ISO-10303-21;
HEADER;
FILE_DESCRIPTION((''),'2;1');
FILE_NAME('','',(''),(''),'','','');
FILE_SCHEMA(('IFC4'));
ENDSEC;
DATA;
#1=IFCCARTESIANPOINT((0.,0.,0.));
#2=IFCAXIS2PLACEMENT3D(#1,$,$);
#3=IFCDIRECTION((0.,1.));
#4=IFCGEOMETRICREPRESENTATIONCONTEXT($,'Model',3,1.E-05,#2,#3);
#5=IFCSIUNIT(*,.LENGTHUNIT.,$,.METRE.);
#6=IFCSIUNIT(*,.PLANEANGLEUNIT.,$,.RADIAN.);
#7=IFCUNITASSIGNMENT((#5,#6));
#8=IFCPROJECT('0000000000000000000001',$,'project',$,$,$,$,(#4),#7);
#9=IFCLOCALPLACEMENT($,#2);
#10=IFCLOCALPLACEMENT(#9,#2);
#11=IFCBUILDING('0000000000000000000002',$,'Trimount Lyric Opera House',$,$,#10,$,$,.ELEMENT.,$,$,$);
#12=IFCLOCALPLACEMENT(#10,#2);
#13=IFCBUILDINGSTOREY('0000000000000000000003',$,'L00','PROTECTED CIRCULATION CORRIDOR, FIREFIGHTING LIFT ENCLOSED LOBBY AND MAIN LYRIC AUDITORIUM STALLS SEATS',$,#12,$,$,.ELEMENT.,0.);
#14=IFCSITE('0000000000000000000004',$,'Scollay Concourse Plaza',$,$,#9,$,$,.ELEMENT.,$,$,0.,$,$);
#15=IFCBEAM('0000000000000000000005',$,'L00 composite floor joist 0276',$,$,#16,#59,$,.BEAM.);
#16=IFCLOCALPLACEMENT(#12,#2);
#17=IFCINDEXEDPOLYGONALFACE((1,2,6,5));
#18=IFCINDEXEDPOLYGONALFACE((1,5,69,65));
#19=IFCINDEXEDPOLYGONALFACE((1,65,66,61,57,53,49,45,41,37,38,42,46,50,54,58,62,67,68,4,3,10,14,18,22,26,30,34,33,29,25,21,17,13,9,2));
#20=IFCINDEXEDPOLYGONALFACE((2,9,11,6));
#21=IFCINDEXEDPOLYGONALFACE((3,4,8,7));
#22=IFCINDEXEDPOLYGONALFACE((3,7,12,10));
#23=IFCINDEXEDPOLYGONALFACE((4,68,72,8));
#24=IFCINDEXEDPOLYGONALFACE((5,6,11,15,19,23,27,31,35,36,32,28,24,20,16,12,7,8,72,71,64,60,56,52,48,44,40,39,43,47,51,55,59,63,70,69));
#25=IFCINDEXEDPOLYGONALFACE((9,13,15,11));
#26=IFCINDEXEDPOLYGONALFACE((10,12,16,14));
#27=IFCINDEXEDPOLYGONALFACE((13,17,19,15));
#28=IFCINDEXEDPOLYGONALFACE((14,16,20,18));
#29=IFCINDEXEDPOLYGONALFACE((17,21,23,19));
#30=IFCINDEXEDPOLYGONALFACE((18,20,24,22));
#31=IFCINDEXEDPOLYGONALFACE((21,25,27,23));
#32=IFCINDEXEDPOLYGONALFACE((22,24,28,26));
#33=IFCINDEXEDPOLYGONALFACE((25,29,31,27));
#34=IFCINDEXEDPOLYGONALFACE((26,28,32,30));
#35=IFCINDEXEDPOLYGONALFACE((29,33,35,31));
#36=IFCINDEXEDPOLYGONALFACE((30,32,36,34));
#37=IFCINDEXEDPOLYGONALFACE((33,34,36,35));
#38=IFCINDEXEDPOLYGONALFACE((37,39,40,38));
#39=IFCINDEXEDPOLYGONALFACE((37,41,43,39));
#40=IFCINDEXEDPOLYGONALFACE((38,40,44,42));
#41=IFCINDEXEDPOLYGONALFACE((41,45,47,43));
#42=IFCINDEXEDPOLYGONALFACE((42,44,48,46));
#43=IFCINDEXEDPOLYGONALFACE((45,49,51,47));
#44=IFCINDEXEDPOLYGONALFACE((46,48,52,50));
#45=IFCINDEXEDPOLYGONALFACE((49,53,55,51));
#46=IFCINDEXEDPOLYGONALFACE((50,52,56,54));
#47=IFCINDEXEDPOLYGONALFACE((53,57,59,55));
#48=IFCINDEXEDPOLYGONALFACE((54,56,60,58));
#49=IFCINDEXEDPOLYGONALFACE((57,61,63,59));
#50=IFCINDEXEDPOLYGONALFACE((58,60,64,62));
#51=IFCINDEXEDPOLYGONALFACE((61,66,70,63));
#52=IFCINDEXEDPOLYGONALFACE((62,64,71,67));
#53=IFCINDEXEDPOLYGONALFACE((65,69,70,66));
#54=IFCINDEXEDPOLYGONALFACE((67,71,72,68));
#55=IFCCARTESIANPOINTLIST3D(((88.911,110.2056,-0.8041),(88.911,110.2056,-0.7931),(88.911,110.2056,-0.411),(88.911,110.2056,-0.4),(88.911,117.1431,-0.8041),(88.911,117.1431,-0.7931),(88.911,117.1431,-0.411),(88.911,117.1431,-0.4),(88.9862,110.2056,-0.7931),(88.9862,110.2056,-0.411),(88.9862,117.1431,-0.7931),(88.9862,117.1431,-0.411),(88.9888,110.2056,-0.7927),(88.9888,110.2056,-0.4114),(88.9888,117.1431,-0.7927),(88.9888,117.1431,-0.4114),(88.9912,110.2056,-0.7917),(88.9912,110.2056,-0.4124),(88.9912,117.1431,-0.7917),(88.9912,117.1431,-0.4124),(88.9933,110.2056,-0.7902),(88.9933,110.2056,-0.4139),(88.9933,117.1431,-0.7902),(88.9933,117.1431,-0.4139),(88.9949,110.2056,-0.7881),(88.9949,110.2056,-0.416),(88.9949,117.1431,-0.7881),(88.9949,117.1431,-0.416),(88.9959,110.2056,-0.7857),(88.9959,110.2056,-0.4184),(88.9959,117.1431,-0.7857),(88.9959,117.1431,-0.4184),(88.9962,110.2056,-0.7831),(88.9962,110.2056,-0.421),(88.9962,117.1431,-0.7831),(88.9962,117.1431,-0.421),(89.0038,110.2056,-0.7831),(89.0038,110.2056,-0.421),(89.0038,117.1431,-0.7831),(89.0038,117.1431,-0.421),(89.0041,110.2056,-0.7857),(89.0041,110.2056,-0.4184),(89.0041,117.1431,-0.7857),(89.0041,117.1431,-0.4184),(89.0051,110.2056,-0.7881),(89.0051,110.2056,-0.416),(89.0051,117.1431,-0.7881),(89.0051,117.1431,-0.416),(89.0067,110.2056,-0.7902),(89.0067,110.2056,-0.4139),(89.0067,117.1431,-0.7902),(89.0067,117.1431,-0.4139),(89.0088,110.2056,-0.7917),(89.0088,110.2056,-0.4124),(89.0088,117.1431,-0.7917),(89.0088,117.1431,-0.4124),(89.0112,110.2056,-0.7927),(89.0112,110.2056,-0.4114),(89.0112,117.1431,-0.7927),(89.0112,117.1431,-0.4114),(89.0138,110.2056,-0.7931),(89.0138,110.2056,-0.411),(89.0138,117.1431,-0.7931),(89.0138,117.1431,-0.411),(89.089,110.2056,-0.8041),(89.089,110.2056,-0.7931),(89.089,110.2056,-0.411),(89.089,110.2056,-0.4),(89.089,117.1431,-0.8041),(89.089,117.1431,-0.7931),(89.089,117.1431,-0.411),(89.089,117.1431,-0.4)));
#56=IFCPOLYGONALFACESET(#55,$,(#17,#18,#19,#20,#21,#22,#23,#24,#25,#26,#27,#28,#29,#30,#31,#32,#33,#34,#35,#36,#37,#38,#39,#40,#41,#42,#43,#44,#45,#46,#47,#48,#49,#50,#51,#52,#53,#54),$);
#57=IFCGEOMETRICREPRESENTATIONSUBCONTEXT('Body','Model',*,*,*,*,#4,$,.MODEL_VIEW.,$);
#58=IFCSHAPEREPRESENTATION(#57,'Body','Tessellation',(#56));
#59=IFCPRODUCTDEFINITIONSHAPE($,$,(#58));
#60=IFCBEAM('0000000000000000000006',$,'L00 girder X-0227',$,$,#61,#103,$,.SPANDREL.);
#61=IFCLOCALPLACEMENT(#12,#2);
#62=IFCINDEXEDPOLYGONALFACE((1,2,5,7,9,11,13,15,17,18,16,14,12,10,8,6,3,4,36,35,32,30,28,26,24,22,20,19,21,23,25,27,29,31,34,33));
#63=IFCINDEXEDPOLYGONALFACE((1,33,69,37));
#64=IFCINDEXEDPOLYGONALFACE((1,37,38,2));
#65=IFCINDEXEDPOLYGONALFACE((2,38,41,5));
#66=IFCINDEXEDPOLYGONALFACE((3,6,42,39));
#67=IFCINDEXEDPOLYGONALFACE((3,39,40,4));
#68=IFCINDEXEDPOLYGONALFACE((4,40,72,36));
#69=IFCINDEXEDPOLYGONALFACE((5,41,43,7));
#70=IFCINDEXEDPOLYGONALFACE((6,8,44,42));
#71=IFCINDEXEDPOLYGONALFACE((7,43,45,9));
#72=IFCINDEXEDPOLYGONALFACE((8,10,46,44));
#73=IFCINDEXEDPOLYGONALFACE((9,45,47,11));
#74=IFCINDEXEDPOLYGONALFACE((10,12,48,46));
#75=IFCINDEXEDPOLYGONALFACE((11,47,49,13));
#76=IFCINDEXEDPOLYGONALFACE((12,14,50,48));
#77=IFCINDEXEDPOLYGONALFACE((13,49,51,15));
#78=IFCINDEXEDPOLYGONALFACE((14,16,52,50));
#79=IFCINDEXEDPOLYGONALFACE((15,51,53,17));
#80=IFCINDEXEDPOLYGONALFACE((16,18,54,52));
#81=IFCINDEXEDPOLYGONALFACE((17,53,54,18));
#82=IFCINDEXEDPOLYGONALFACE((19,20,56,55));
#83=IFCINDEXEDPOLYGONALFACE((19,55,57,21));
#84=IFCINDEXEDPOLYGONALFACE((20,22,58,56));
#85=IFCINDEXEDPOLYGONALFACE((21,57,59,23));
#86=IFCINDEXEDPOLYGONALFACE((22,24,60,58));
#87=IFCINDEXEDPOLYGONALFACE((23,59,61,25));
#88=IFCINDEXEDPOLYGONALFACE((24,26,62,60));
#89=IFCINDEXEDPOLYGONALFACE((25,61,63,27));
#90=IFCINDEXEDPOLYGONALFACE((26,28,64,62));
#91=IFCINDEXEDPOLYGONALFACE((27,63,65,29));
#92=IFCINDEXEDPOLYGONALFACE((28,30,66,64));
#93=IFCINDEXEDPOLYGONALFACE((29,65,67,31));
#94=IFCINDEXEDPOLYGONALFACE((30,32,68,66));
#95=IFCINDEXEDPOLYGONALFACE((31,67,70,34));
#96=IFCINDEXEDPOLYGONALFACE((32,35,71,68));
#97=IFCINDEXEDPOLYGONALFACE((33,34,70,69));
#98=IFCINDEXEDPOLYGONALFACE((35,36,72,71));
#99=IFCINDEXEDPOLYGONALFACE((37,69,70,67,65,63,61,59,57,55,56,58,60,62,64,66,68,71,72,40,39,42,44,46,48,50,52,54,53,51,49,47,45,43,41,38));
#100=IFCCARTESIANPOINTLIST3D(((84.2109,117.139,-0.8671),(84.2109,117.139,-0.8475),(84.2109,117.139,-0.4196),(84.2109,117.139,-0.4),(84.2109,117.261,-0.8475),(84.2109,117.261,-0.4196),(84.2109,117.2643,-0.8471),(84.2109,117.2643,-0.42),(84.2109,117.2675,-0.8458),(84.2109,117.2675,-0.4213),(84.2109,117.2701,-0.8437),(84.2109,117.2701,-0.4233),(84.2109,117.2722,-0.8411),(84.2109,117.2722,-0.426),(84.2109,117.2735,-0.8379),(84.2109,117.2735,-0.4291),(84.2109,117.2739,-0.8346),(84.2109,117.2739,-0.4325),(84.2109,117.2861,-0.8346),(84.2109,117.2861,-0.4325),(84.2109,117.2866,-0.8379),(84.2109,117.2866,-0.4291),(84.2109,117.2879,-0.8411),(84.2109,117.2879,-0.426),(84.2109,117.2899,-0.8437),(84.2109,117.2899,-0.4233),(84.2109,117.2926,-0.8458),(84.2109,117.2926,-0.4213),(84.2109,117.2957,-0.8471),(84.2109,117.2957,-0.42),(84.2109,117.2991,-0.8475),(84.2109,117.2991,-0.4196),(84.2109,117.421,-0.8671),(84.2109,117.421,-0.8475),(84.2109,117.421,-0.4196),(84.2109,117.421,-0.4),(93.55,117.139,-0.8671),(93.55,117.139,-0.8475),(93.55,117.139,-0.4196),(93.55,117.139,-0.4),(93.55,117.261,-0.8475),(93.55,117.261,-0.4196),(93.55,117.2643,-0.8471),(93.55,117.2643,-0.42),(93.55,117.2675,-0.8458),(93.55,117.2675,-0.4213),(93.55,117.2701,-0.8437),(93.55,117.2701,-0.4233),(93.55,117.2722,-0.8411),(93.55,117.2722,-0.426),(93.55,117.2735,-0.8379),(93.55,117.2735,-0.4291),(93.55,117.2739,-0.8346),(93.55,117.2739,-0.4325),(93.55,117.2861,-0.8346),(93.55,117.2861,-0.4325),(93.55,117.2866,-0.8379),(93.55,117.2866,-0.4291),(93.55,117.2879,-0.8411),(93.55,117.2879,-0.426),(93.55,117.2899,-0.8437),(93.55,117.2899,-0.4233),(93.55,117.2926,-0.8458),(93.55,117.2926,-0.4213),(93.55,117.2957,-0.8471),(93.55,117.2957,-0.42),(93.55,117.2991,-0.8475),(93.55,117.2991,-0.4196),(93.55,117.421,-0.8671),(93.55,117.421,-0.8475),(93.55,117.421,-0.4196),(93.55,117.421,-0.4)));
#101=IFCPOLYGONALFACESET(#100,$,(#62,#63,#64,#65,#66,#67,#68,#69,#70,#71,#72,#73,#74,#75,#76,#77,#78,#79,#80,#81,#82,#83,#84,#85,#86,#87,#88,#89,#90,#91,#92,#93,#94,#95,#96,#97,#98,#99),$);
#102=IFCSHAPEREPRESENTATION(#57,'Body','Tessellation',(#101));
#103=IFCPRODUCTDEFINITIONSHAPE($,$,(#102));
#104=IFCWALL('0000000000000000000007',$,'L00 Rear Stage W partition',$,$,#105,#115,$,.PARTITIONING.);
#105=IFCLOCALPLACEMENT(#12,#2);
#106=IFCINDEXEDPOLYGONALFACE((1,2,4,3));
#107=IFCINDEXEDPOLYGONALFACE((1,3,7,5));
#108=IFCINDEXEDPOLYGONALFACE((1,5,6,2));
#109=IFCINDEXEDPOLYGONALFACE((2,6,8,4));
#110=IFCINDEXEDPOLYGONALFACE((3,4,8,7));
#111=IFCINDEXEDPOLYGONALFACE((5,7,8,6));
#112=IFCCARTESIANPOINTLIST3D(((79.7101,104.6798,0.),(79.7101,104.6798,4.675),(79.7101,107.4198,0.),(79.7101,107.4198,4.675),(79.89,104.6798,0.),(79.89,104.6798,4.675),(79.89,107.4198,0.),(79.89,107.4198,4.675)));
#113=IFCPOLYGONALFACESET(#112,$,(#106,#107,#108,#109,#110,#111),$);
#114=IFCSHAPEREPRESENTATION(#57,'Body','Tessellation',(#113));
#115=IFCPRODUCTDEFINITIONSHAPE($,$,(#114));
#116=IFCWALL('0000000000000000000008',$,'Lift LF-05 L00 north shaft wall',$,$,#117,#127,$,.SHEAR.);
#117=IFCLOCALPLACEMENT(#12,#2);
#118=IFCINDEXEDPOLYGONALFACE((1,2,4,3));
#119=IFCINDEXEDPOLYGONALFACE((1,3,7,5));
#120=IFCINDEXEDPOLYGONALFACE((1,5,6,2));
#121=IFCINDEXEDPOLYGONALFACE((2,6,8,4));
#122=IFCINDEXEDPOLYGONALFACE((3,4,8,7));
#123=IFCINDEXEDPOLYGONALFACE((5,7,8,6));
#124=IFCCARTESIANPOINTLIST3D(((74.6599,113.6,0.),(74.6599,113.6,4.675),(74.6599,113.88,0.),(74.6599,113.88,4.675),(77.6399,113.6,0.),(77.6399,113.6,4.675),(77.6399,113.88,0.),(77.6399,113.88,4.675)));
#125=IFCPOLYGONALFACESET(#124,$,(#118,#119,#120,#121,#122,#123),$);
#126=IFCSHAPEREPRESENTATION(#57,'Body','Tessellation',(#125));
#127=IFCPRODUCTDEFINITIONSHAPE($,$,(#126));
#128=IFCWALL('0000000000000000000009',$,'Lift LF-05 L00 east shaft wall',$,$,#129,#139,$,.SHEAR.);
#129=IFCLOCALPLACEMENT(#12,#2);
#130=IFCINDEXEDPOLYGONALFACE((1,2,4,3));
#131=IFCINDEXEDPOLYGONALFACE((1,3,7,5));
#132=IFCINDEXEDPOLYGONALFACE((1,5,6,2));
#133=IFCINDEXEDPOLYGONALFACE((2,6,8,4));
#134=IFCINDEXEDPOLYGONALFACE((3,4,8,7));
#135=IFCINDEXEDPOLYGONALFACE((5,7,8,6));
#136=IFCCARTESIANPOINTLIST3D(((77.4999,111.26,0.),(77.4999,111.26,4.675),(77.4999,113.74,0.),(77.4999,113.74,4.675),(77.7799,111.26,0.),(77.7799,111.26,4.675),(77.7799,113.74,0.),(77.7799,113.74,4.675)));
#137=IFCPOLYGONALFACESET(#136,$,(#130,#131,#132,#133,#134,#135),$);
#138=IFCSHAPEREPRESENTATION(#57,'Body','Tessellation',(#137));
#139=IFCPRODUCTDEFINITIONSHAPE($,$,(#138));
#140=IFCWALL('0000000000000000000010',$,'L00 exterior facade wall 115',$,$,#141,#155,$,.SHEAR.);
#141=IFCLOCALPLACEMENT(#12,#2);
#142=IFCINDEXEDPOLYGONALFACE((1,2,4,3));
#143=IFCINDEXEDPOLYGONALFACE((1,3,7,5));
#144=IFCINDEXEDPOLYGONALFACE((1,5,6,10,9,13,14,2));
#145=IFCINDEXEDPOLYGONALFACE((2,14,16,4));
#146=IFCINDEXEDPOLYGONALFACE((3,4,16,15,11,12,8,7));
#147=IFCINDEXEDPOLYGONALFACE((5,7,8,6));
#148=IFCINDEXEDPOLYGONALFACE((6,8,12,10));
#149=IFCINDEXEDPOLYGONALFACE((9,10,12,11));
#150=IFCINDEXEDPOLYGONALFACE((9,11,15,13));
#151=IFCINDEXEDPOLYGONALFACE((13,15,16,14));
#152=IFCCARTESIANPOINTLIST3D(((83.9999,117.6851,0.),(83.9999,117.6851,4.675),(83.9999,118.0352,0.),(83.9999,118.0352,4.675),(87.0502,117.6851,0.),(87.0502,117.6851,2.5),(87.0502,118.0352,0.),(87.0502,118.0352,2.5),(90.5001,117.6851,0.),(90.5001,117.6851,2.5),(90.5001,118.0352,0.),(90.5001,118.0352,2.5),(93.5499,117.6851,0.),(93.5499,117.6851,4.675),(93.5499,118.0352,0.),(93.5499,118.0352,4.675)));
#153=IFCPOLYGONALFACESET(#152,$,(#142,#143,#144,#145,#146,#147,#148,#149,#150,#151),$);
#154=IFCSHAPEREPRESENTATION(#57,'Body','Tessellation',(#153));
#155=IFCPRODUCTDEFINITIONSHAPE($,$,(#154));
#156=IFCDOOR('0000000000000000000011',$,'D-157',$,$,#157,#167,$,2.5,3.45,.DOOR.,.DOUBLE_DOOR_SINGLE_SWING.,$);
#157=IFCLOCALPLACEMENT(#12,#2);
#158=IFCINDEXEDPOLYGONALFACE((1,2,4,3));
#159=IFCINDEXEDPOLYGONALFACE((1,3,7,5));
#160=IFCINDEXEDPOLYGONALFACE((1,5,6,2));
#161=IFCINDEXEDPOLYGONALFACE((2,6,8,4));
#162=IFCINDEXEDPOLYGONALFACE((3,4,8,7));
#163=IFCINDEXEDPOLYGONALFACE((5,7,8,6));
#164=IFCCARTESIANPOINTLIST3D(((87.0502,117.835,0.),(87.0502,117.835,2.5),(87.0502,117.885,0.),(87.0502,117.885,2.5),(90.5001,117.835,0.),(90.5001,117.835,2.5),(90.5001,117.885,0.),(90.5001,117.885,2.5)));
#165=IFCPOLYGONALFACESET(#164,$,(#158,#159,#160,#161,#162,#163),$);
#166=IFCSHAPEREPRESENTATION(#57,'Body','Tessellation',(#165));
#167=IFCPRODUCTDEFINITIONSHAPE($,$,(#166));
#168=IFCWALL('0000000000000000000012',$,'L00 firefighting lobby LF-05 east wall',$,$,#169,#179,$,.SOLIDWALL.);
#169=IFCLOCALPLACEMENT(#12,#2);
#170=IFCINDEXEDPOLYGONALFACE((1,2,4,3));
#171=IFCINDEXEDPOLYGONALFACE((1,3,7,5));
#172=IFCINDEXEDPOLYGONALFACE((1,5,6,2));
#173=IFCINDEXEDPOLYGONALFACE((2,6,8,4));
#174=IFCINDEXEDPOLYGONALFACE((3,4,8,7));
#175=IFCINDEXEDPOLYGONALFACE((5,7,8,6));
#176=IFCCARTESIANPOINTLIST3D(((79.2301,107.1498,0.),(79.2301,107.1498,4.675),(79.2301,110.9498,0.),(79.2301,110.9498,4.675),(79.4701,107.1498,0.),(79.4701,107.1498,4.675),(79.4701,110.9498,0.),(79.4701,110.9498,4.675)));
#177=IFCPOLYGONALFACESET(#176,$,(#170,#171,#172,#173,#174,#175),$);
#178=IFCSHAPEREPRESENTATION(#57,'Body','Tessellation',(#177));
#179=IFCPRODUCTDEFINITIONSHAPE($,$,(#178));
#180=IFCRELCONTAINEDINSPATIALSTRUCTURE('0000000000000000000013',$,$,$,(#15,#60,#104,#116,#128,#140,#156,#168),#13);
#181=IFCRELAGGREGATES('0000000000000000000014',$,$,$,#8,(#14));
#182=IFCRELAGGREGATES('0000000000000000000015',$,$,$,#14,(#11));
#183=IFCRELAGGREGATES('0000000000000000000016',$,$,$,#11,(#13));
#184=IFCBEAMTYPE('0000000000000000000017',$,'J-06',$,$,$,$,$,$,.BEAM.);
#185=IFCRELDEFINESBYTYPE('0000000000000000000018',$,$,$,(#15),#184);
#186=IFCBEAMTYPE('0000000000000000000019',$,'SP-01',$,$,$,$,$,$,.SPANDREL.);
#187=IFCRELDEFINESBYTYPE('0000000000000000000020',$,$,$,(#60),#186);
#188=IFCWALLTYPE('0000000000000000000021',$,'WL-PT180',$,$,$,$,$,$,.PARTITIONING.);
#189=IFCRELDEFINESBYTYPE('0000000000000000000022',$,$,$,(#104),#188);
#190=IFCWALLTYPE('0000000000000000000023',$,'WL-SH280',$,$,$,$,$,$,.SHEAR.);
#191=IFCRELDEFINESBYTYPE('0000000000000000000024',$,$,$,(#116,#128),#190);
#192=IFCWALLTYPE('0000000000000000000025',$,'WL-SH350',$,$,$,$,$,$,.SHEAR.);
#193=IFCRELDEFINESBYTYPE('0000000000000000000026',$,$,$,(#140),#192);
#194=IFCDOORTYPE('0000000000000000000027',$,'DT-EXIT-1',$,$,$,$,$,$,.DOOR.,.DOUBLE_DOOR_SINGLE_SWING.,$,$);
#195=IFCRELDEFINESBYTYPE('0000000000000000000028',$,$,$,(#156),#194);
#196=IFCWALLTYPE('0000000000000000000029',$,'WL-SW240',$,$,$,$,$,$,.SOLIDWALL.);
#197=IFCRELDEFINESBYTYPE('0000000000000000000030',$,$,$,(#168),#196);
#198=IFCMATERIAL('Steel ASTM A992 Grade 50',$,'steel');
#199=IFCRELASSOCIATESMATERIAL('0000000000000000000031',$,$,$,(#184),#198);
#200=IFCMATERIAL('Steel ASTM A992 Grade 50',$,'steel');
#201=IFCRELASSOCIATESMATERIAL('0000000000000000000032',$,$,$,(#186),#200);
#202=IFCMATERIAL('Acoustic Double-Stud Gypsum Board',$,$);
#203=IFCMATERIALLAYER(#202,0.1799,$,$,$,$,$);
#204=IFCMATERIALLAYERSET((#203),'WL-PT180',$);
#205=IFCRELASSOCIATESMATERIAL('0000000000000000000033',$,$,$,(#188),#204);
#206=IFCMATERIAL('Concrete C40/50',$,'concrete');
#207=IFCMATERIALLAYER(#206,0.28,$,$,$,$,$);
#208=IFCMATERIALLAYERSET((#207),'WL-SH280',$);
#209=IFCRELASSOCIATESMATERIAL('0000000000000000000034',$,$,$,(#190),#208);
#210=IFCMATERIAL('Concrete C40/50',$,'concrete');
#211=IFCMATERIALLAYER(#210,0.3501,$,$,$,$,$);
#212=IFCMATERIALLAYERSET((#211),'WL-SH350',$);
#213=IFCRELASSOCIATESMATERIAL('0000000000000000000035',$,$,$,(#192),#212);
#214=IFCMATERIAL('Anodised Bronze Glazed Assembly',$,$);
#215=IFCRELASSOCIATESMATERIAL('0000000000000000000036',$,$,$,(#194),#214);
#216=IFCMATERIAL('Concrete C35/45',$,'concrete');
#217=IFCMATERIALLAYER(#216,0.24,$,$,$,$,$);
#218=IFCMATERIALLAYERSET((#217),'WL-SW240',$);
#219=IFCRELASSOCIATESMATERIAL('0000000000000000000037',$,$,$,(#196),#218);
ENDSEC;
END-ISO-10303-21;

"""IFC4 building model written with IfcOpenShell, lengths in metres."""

from ifc_helpers import new_model, si_unit, direction, frame, frame_2d, origin, origin_2d, place, context, subcontext, project, spatial, rectangle, i_section, extrude, material, layer, layer_set, material_profile, profile_set, type_object, element, fill, save


model = new_model("IFC4")

# Units and contexts
model_context = context("Model", 3, precision=1e-05, world=origin(), true_north=direction((0.0, 1.0)))
body_context = subcontext(model_context, "Body", "Model", "MODEL_VIEW")
ifc_project = project(units=[si_unit("LENGTHUNIT", "METRE"), si_unit("PLANEANGLEUNIT", "RADIAN")], contexts=[model_context])

# Site, building, storey
site_placement = place(None, origin())
site = spatial("IfcSite", under=ifc_project, at=site_placement, Name="Scollay Concourse Plaza", CompositionType="ELEMENT", RefElevation=0.0)
building_placement = place(site_placement, origin())
building = spatial("IfcBuilding", under=site, at=building_placement, Name="Trimount Lyric Opera House", CompositionType="ELEMENT")
storey_placement = place(building_placement, origin())
storey = spatial("IfcBuildingStorey", under=building, at=storey_placement, Name="L00", Description="PROTECTED CIRCULATION CORRIDOR, FIREFIGHTING LIFT ENCLOSED LOBBY AND MAIN LYRIC AUDITORIUM STALLS SEATS", CompositionType="ELEMENT", Elevation=0.0)

# Beams
ifc_material_1 = material(Name="Steel ASTM A992 Grade 50", Category="steel")
ifc_material_profile_1 = material_profile(ifc_material_1, i_section(OverallWidth=0.178, OverallDepth=0.4041, WebThickness=0.0076, FlangeThickness=0.011, FilletRadius=0.01, at=origin_2d()), Name="W16X36")
ifc_profile_set_1 = profile_set([ifc_material_profile_1], Name="Steel ASTM A992 Grade 50")
beam_type_1 = type_object("IfcBeamType", Name="J-06", PredefinedType="BEAM", material=ifc_profile_set_1)
beam_1_placement = place(storey_placement, frame((89.0, 110.2056, -0.6021), z_axis=(0.0, 1.0, 0.0), x_axis=(-1.0, 0.0, 0.0)))
element("IfcBeam", 1, at=beam_1_placement, inside=storey, type_object=beam_type_1, Name="L00 composite floor joist 0276", PredefinedType="BEAM", context=body_context, shape_type="SweptSolid", body=[
    extrude(i_section(OverallWidth=0.178, OverallDepth=0.4041, WebThickness=0.0076, FlangeThickness=0.011, FilletRadius=0.01, at=origin_2d()), origin(), (0.0, 0.0, 1.0), 6.9375),
])
ifc_material_2 = material(Name="Steel ASTM A992 Grade 50", Category="steel")
ifc_material_profile_2 = material_profile(ifc_material_2, i_section(OverallWidth=0.282, OverallDepth=0.467, WebThickness=0.0122, FlangeThickness=0.0195, FilletRadius=0.0129, at=origin_2d()), Name="W18X86")
ifc_profile_set_2 = profile_set([ifc_material_profile_2], Name="Steel ASTM A992 Grade 50")
beam_type_2 = type_object("IfcBeamType", Name="SP-01", PredefinedType="SPANDREL", material=ifc_profile_set_2)
beam_2_placement = place(storey_placement, frame((84.2109, 117.28, -0.6335), z_axis=(1.0, 0.0, 0.0), x_axis=(0.0, 1.0, 0.0)))
element("IfcBeam", 2, at=beam_2_placement, inside=storey, type_object=beam_type_2, Name="L00 girder X-0227", PredefinedType="SPANDREL", context=body_context, shape_type="SweptSolid", body=[
    extrude(i_section(OverallWidth=0.282, OverallDepth=0.467, WebThickness=0.0122, FlangeThickness=0.0195, FilletRadius=0.0129, at=origin_2d()), origin(), (0.0, 0.0, 1.0), 9.3391),
])

# Walls
ifc_material_3 = material(Name="Acoustic Double-Stud Gypsum Board")
ifc_layer_1 = layer(ifc_material_3, 0.1799)
ifc_layer_set_1 = layer_set([ifc_layer_1], Name="WL-PT180")
wall_type_1 = type_object("IfcWallType", Name="WL-PT180", PredefinedType="PARTITIONING", material=ifc_layer_set_1)
wall_1_placement = place(storey_placement, frame((79.8, 107.4199, 0.0), z_axis=(0.0, 0.0, 1.0), x_axis=(0.0, -1.0, 0.0)))
element("IfcWall", 3, at=wall_1_placement, inside=storey, type_object=wall_type_1, Name="L00 Rear Stage W partition", PredefinedType="PARTITIONING", context=body_context, shape_type="SweptSolid", body=[
    extrude(rectangle(XDim=2.74, YDim=0.1799, at=frame_2d((1.3701, 0.0))), origin(), (0.0, 0.0, 1.0), 4.675),
])
ifc_material_4 = material(Name="Concrete C40/50", Category="concrete")
ifc_layer_2 = layer(ifc_material_4, 0.28)
ifc_layer_set_2 = layer_set([ifc_layer_2], Name="WL-SH280")
wall_type_2 = type_object("IfcWallType", Name="WL-SH280", PredefinedType="SHEAR", material=ifc_layer_set_2)
wall_2_placement = place(storey_placement, frame((77.6399, 113.74, 0.0), z_axis=(0.0, 0.0, 1.0), x_axis=(-1.0, 0.0, 0.0)))
element("IfcWall", 4, at=wall_2_placement, inside=storey, type_object=wall_type_2, Name="Lift LF-05 L00 north shaft wall", PredefinedType="SHEAR", context=body_context, shape_type="SweptSolid", body=[
    extrude(rectangle(XDim=2.98, YDim=0.28, at=frame_2d((1.49, 0.0))), origin(), (0.0, 0.0, 1.0), 4.675),
])
wall_3_placement = place(storey_placement, frame((77.6399, 111.26, 0.0), z_axis=(0.0, 0.0, 1.0), x_axis=(0.0, 1.0, 0.0)))
element("IfcWall", 5, at=wall_3_placement, inside=storey, type_object=wall_type_2, Name="Lift LF-05 L00 east shaft wall", PredefinedType="SHEAR", context=body_context, shape_type="SweptSolid", body=[
    extrude(rectangle(XDim=2.48, YDim=0.28, at=frame_2d((1.24, 0.0))), origin(), (0.0, 0.0, 1.0), 4.675),
])

# Wall, opening, door
ifc_material_5 = material(Name="Concrete C40/50", Category="concrete")
ifc_layer_3 = layer(ifc_material_5, 0.3501)
ifc_layer_set_3 = layer_set([ifc_layer_3], Name="WL-SH350")
wall_type_3 = type_object("IfcWallType", Name="WL-SH350", PredefinedType="SHEAR", material=ifc_layer_set_3)
wall_4_placement = place(storey_placement, frame((84.0, 117.8601, 0.0), z_axis=(0.0, 0.0, 1.0), x_axis=(1.0, 0.0, 0.0)))
wall_4 = element("IfcWall", 6, at=wall_4_placement, inside=storey, type_object=wall_type_3, Name="L00 exterior facade wall 115", PredefinedType="SHEAR", context=body_context, shape_type="SweptSolid", body=[
    extrude(rectangle(XDim=9.55, YDim=0.3501, at=frame_2d((4.7749, 0.0))), origin(), (0.0, 0.0, 1.0), 4.675),
])
opening_placement = place(wall_4_placement, frame((3.05, 0.0, 0.0)))
opening = element("IfcOpeningElement", 7, at=opening_placement, cuts=wall_4, PredefinedType="OPENING", context=body_context, shape_type="SweptSolid", body=[
    extrude(rectangle(XDim=3.45, YDim=2.5, at=frame_2d((1.7251, 1.25))), frame((0.0, 0.1851, 0.0), z_axis=(0.0, -1.0, 0.0), x_axis=(1.0, 0.0, 0.0)), (0.0, 0.0, 1.0), 0.3701),
])
ifc_material_6 = material(Name="Anodised Bronze Glazed Assembly")
door_type = type_object("IfcDoorType", Name="DT-EXIT-1", OperationType="DOUBLE_DOOR_SINGLE_SWING", PredefinedType="DOOR", material=ifc_material_6)
door_placement = place(opening_placement, origin())
door = element("IfcDoor", 8, at=door_placement, inside=storey, type_object=door_type, Name="D-157", OperationType="DOUBLE_DOOR_SINGLE_SWING", OverallHeight=2.5, OverallWidth=3.45, PredefinedType="DOOR", context=body_context, shape_type="SweptSolid", body=[
    extrude(rectangle(XDim=3.45, YDim=2.5, at=frame_2d((1.7251, 1.25))), frame((0.0, 0.0249, 0.0), z_axis=(0.0, -1.0, 0.0), x_axis=(1.0, 0.0, 0.0)), (0.0, 0.0, 1.0), 0.05),
])
fill(opening, door)

# Wall
ifc_material_7 = material(Name="Concrete C35/45", Category="concrete")
ifc_layer_4 = layer(ifc_material_7, 0.24)
ifc_layer_set_4 = layer_set([ifc_layer_4], Name="WL-SW240")
wall_type_4 = type_object("IfcWallType", Name="WL-SW240", PredefinedType="SOLIDWALL", material=ifc_layer_set_4)
wall_5_placement = place(storey_placement, frame((79.3501, 107.1499, 0.0), z_axis=(0.0, 0.0, 1.0), x_axis=(0.0, 1.0, 0.0)))
element("IfcWall", 9, at=wall_5_placement, inside=storey, type_object=wall_type_4, Name="L00 firefighting lobby LF-05 east wall", PredefinedType="SOLIDWALL", context=body_context, shape_type="SweptSolid", body=[
    extrude(rectangle(XDim=3.8, YDim=0.24, at=frame_2d((1.8999, 0.0))), origin(), (0.0, 0.0, 1.0), 4.675),
])

save(model, "model.ifc")
